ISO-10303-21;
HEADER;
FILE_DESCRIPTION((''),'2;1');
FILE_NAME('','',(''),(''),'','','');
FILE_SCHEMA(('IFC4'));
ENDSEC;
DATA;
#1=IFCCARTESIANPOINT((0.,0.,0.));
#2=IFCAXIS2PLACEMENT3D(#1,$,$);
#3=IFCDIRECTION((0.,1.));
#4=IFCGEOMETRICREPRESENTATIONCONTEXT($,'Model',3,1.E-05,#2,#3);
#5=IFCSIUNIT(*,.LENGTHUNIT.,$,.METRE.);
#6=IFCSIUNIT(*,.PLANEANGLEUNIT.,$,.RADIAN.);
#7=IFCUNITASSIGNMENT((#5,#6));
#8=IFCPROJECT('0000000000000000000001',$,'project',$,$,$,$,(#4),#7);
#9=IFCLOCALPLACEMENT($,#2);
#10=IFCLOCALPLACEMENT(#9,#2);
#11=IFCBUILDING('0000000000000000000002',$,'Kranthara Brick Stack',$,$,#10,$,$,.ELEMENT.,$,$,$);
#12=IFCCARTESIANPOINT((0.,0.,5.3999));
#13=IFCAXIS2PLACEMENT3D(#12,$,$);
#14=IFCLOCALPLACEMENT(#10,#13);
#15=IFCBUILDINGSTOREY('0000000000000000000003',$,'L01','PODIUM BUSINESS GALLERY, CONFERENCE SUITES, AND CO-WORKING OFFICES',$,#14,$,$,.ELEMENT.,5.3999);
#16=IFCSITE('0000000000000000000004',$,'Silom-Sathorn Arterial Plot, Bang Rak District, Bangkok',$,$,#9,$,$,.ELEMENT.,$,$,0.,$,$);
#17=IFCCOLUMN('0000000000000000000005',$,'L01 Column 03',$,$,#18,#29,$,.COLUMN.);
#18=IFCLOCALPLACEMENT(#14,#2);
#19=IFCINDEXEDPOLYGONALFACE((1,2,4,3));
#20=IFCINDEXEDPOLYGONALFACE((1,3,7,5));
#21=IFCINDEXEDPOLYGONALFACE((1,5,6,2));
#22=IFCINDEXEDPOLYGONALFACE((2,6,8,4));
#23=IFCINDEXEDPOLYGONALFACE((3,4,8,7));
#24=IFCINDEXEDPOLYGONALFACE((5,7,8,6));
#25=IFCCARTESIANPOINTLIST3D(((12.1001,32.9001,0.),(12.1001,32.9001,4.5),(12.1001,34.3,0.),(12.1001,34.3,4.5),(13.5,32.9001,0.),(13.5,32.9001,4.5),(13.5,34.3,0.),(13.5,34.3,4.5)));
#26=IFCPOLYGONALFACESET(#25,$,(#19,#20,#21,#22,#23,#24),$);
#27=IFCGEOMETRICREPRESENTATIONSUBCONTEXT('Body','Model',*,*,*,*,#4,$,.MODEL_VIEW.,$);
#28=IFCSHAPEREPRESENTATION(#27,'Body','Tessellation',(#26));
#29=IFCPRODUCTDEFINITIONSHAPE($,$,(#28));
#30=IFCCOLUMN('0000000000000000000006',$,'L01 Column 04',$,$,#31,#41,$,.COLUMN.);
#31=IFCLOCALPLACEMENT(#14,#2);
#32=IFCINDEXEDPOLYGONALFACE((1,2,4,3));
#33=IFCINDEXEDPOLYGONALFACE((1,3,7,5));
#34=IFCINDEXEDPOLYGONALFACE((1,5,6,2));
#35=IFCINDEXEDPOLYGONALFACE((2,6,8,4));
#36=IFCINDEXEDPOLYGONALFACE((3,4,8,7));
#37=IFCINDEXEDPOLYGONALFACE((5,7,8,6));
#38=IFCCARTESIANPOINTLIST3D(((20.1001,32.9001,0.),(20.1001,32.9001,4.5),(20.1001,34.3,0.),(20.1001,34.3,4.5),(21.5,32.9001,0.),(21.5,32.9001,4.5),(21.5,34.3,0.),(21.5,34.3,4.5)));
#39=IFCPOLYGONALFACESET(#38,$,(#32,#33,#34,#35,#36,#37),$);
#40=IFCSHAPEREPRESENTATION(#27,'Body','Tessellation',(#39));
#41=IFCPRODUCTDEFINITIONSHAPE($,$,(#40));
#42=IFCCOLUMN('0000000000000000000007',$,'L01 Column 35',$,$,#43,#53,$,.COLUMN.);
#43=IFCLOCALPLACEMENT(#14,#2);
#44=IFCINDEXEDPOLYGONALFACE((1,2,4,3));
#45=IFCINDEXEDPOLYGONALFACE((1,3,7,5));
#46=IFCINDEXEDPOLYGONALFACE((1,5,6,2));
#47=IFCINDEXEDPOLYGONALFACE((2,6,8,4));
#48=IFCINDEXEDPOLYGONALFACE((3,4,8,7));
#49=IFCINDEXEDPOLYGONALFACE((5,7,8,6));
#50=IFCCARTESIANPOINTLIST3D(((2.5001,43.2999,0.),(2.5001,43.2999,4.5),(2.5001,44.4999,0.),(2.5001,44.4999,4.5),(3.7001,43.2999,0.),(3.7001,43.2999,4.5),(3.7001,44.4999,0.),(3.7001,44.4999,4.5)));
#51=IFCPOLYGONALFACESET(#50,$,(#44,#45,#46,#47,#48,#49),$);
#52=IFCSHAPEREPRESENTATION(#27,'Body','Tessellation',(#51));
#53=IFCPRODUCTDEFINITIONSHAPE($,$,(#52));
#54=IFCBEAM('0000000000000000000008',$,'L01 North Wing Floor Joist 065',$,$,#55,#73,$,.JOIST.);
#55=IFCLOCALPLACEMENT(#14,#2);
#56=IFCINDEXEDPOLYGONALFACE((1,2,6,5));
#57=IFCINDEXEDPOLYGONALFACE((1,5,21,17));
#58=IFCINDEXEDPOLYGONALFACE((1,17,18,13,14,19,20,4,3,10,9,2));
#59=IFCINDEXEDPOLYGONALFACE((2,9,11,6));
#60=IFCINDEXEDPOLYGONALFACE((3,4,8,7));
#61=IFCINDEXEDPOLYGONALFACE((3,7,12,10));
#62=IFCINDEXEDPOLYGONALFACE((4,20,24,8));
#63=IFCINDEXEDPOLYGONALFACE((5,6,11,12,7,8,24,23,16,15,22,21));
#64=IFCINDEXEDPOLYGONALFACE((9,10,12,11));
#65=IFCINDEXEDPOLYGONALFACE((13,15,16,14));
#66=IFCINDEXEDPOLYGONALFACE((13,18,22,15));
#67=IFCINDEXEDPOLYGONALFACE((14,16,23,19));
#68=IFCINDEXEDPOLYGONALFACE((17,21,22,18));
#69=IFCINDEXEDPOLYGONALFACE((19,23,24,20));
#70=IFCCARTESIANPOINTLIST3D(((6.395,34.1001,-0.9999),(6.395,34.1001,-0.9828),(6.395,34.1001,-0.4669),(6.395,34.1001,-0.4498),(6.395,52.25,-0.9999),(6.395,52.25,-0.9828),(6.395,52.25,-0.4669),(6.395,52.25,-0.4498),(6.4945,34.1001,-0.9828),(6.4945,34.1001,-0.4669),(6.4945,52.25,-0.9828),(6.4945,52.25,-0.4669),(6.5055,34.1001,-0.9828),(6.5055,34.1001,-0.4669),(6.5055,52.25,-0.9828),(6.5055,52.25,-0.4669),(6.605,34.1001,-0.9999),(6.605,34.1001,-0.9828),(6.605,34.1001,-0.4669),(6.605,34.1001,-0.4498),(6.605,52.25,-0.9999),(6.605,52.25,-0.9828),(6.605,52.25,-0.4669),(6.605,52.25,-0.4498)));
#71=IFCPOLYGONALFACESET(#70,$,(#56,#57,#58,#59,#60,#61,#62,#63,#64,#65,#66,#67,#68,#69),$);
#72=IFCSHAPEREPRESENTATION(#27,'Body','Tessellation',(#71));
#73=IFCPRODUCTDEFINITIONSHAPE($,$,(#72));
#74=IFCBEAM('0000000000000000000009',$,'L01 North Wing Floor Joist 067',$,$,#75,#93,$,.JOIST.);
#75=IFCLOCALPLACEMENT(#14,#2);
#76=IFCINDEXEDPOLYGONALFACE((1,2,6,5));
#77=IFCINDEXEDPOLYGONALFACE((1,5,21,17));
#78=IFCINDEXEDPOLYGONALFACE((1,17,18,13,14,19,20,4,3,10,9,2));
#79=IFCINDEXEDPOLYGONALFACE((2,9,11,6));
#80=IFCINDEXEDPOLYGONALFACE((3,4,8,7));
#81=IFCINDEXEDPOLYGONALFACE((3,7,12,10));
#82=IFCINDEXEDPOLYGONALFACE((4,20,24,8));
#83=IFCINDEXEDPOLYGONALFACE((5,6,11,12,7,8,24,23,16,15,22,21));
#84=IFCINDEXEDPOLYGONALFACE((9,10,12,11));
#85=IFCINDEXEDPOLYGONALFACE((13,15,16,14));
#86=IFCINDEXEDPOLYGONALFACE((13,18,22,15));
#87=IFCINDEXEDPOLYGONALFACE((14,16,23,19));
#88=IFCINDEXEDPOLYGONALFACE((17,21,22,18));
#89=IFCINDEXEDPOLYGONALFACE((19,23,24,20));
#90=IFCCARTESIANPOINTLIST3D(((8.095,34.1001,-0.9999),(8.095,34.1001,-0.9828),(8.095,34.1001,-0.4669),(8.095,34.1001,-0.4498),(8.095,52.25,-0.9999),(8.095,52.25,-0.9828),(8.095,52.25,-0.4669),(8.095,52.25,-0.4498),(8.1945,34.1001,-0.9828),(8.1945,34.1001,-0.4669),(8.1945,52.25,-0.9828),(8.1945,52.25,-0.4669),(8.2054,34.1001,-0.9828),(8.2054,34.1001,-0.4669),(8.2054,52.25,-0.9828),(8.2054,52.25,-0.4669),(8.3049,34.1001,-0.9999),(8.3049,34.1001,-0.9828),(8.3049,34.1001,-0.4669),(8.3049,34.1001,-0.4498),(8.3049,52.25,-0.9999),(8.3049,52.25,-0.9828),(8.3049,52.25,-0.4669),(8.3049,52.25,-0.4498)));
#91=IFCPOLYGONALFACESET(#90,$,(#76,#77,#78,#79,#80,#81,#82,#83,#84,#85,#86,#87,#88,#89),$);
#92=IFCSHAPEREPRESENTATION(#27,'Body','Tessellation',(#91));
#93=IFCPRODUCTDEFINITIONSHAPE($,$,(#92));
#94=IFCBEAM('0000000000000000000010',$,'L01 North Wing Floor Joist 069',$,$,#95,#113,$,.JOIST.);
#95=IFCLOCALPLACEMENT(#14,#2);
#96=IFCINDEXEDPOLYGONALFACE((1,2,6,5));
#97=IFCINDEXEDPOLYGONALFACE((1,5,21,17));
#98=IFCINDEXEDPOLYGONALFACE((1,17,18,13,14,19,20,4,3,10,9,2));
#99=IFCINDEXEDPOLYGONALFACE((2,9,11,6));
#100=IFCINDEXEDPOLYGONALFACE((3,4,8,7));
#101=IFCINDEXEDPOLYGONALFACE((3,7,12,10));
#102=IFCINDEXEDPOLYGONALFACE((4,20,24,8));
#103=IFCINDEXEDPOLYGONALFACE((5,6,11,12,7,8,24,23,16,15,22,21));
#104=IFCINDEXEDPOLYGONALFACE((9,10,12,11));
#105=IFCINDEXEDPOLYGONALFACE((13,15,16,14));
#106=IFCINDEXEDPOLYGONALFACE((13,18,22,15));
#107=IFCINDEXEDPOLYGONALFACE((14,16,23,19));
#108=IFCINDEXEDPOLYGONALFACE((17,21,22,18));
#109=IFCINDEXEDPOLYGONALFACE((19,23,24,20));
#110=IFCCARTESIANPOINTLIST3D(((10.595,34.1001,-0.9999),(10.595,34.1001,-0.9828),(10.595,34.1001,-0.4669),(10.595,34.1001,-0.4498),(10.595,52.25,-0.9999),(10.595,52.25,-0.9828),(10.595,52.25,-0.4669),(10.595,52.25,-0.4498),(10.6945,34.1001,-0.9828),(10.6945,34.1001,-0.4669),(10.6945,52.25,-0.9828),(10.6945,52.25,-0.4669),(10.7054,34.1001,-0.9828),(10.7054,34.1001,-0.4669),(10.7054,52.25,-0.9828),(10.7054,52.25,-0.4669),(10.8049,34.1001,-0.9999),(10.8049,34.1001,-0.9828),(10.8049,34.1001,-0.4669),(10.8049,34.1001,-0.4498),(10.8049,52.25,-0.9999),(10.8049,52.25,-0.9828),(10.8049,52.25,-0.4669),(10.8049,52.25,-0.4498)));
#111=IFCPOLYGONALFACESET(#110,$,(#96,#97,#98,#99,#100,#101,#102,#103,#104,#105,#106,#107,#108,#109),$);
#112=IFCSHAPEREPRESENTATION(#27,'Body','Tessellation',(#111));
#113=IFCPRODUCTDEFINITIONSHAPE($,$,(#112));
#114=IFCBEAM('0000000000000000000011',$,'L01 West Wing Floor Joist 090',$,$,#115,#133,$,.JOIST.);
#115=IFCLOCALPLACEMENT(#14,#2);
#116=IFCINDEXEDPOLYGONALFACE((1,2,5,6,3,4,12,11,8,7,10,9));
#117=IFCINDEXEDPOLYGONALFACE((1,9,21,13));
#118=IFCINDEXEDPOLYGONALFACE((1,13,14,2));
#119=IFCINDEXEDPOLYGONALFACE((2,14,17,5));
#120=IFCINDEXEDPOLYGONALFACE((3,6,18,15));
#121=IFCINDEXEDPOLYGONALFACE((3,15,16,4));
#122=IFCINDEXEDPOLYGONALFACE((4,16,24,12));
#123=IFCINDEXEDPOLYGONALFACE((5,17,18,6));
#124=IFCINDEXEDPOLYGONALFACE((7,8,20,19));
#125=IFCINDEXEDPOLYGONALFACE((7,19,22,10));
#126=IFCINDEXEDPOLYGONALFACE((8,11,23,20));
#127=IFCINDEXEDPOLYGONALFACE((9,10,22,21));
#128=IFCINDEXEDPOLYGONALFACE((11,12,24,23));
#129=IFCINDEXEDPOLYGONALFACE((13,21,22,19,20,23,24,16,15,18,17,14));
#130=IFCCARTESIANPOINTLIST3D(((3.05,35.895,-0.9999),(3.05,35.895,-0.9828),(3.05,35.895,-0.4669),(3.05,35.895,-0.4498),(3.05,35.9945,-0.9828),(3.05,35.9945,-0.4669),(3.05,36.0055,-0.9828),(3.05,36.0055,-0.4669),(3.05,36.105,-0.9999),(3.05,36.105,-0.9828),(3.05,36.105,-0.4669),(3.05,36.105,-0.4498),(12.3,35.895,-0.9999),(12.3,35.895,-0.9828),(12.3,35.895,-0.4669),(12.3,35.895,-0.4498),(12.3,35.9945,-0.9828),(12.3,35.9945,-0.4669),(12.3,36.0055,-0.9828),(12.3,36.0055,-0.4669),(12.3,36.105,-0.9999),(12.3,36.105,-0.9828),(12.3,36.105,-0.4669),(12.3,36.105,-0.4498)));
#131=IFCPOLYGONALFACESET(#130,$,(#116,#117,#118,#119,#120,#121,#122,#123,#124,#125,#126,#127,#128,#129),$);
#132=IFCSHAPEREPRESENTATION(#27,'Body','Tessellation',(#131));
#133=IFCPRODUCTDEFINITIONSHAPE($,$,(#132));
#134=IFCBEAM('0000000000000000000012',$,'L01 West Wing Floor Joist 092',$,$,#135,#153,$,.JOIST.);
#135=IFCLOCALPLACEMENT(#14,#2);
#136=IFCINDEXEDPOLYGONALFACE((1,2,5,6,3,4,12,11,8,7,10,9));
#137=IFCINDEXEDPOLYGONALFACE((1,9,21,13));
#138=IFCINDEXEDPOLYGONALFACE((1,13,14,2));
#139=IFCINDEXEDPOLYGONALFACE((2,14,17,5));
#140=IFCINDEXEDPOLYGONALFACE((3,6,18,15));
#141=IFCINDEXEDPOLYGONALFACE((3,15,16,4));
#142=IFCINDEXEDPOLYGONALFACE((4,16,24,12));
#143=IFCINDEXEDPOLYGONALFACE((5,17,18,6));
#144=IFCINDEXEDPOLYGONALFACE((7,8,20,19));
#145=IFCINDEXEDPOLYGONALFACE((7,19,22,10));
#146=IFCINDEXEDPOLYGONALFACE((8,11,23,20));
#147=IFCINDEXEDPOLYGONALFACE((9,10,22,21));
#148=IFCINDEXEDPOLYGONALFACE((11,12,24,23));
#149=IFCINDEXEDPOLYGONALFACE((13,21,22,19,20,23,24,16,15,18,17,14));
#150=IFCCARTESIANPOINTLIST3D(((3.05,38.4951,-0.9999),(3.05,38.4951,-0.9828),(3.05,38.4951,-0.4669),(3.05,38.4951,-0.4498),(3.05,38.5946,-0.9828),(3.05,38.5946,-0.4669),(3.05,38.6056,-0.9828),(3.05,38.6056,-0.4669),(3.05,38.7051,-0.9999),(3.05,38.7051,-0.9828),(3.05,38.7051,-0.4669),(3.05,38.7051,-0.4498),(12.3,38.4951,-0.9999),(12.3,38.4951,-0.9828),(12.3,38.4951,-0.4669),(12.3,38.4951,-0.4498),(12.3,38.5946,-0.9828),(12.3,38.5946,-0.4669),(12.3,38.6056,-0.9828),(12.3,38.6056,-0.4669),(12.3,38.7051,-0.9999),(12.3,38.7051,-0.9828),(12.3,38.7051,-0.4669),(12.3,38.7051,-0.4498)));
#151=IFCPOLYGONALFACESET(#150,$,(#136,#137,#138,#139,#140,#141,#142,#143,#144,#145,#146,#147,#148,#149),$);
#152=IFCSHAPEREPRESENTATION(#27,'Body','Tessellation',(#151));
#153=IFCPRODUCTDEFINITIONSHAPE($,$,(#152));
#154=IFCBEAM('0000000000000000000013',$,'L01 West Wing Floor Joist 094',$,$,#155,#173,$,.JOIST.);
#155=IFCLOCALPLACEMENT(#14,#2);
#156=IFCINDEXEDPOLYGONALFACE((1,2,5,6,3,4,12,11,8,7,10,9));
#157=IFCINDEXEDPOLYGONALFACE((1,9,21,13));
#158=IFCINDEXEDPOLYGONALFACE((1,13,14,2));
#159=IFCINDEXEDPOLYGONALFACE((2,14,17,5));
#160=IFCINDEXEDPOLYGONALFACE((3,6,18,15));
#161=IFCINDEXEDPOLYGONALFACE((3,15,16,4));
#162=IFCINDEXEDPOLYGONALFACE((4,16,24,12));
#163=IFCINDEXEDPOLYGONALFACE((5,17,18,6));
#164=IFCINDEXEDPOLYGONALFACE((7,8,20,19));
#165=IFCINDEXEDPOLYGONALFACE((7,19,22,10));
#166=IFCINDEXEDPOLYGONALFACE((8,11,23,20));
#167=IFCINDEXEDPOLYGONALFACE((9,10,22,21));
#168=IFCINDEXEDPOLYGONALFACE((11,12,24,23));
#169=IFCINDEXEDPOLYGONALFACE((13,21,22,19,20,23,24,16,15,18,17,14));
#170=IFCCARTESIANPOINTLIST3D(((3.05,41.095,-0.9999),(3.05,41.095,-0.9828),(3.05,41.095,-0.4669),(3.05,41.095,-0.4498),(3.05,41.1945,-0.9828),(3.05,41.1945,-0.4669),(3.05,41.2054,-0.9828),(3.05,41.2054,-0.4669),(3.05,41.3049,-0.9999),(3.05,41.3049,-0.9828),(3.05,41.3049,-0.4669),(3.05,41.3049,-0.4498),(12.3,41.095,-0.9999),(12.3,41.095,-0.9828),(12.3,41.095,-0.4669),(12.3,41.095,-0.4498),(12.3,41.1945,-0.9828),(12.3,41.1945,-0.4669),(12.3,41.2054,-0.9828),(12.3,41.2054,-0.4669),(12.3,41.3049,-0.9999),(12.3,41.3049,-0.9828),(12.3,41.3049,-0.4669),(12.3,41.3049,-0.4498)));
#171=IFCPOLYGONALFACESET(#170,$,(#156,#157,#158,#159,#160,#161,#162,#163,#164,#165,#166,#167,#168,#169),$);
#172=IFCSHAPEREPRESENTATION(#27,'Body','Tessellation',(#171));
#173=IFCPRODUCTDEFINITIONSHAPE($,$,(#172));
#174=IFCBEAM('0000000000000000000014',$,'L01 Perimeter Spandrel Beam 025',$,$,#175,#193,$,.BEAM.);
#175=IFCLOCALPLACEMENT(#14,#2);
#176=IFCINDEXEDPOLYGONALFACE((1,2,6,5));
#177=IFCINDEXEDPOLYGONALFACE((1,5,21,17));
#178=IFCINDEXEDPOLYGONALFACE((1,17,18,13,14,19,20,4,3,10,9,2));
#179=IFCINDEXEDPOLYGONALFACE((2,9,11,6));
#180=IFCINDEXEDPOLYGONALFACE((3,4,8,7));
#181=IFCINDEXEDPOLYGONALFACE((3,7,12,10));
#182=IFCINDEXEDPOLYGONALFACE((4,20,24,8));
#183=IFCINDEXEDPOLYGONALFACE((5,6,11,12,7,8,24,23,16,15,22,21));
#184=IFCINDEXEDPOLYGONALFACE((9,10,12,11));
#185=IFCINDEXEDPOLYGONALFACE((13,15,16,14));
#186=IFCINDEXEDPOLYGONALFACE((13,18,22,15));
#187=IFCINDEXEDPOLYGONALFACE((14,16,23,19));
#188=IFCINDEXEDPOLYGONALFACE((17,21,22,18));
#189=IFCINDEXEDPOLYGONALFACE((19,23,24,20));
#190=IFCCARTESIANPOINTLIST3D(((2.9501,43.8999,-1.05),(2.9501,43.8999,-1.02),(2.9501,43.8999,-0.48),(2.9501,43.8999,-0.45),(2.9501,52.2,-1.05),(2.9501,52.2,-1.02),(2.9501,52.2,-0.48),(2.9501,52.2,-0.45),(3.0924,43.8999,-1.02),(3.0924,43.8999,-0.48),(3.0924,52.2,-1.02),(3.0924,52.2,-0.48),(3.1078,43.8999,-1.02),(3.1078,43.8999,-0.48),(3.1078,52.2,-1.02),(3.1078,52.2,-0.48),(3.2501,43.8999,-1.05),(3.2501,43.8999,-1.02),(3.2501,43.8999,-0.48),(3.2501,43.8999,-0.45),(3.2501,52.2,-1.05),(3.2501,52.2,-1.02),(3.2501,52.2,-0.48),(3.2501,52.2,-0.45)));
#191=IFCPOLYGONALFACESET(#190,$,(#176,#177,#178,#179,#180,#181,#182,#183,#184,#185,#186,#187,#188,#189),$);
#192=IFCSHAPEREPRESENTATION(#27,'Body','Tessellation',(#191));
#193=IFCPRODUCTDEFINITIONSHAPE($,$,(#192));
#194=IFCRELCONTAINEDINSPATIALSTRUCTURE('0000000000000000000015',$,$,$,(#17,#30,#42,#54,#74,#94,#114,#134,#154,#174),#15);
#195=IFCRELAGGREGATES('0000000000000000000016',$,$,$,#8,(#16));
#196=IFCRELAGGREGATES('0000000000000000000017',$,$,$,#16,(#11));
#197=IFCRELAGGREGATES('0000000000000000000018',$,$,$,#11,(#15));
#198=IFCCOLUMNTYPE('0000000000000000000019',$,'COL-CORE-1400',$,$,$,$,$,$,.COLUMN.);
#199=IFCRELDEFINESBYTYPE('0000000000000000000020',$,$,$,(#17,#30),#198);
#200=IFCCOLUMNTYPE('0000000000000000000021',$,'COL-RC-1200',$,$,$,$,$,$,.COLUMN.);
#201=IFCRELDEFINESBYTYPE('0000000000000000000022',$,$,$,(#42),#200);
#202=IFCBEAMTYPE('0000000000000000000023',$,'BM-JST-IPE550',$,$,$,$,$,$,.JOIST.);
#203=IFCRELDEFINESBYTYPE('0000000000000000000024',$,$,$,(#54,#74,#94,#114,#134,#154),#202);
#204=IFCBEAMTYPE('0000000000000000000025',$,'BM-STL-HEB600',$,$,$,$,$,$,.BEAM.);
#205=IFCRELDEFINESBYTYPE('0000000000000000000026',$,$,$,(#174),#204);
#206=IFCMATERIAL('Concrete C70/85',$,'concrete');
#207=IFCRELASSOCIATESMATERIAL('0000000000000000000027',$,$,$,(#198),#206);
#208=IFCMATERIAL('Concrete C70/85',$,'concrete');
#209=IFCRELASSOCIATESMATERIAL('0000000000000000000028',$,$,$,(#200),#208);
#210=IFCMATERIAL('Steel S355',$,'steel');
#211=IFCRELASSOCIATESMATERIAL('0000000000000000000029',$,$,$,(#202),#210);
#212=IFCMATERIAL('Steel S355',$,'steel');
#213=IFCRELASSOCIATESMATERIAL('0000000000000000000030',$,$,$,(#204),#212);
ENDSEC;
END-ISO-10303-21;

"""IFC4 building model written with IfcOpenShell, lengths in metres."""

from ifc_helpers import new_model, si_unit, direction, frame, origin, origin_2d, place, context, subcontext, project, spatial, rectangle, i_section, extrude, material, material_profile, profile_set, type_object, element, save


model = new_model("IFC4")

# Units and contexts
model_context = context("Model", 3, precision=1e-05, world=origin(), true_north=direction((0.0, 1.0)))
body_context = subcontext(model_context, "Body", "Model", "MODEL_VIEW")
ifc_project = project(units=[si_unit("LENGTHUNIT", "METRE"), si_unit("PLANEANGLEUNIT", "RADIAN")], contexts=[model_context])

# Site, building, storey
site_placement = place(None, origin())
site = spatial("IfcSite", under=ifc_project, at=site_placement, Name="Silom-Sathorn Arterial Plot, Bang Rak District, Bangkok", CompositionType="ELEMENT", RefElevation=0.0)
building_placement = place(site_placement, origin())
building = spatial("IfcBuilding", under=site, at=building_placement, Name="Kranthara Brick Stack", CompositionType="ELEMENT")
storey_placement = place(building_placement, frame((0.0, 0.0, 5.3999)))
storey = spatial("IfcBuildingStorey", under=building, at=storey_placement, Name="L01", Description="PODIUM BUSINESS GALLERY, CONFERENCE SUITES, AND CO-WORKING OFFICES", CompositionType="ELEMENT", Elevation=5.3999)

# Columns
ifc_material_1 = material(Name="Concrete C70/85", Category="concrete")
ifc_material_profile_1 = material_profile(ifc_material_1, rectangle(XDim=1.3999, YDim=1.3999, at=origin_2d()), Name="RC 1400x1400")
ifc_profile_set_1 = profile_set([ifc_material_profile_1], Name="Concrete C70/85")
column_type_1 = type_object("IfcColumnType", Name="COL-CORE-1400", PredefinedType="COLUMN", material=ifc_profile_set_1)
for number, where, z_axis, x_axis, name in (
    (1, (12.8, 33.6001, 0.0), (0.0, 0.0, 1.0), (1.0, 0.0, 0.0), "L01 Column 03"),
    (2, (20.8, 33.6001, 0.0), (0.0, 0.0, 1.0), (1.0, 0.0, 0.0), "L01 Column 04"),
):
    element("IfcColumn", number, at=place(storey_placement, frame(where, z_axis=z_axis, x_axis=x_axis)), inside=storey, type_object=column_type_1, Name=name, PredefinedType="COLUMN", context=body_context, shape_type="SweptSolid", body=[
        extrude(rectangle(XDim=1.3999, YDim=1.3999, at=origin_2d()), origin(), (0.0, 0.0, 1.0), 4.5),
    ])
ifc_material_2 = material(Name="Concrete C70/85", Category="concrete")
ifc_material_profile_2 = material_profile(ifc_material_2, rectangle(XDim=1.2, YDim=1.2, at=origin_2d()), Name="RC 1200x1200")
ifc_profile_set_2 = profile_set([ifc_material_profile_2], Name="Concrete C70/85")
column_type_2 = type_object("IfcColumnType", Name="COL-RC-1200", PredefinedType="COLUMN", material=ifc_profile_set_2)
column_placement = place(storey_placement, frame((3.1001, 43.8999, 0.0), z_axis=(0.0, 0.0, 1.0), x_axis=(1.0, 0.0, 0.0)))
element("IfcColumn", 3, at=column_placement, inside=storey, type_object=column_type_2, Name="L01 Column 35", PredefinedType="COLUMN", context=body_context, shape_type="SweptSolid", body=[
    extrude(rectangle(XDim=1.2, YDim=1.2, at=origin_2d()), origin(), (0.0, 0.0, 1.0), 4.5),
])

# Beams
ifc_material_3 = material(Name="Steel S355", Category="steel")
ifc_material_profile_3 = material_profile(ifc_material_3, i_section(OverallWidth=0.21, OverallDepth=0.55, WebThickness=0.011, FlangeThickness=0.0171, at=origin_2d()), Name="IPE 550")
ifc_profile_set_3 = profile_set([ifc_material_profile_3], Name="Steel S355")
beam_type_1 = type_object("IfcBeamType", Name="BM-JST-IPE550", PredefinedType="JOIST", material=ifc_profile_set_3)
for number, where, z_axis, x_axis, name in (
    (4, (6.5, 34.1001, -0.7249), (0.0, 1.0, 0.0), (-1.0, 0.0, 0.0), "L01 North Wing Floor Joist 065"),
    (5, (8.2, 34.1001, -0.7249), (0.0, 1.0, 0.0), (-1.0, 0.0, 0.0), "L01 North Wing Floor Joist 067"),
    (6, (10.7, 34.1001, -0.7249), (0.0, 1.0, 0.0), (-1.0, 0.0, 0.0), "L01 North Wing Floor Joist 069"),
):
    element("IfcBeam", number, at=place(storey_placement, frame(where, z_axis=z_axis, x_axis=x_axis)), inside=storey, type_object=beam_type_1, Name=name, PredefinedType="JOIST", context=body_context, shape_type="SweptSolid", body=[
        extrude(i_section(OverallWidth=0.21, OverallDepth=0.55, WebThickness=0.011, FlangeThickness=0.0171, at=origin_2d()), origin(), (0.0, 0.0, 1.0), 18.1499),
    ])
for number, where, z_axis, x_axis, name in (
    (7, (3.05, 36.0, -0.7249), (1.0, 0.0, 0.0), (0.0, 1.0, 0.0), "L01 West Wing Floor Joist 090"),
    (8, (3.05, 38.6001, -0.7249), (1.0, 0.0, 0.0), (0.0, 1.0, 0.0), "L01 West Wing Floor Joist 092"),
    (9, (3.05, 41.2, -0.7249), (1.0, 0.0, 0.0), (0.0, 1.0, 0.0), "L01 West Wing Floor Joist 094"),
):
    element("IfcBeam", number, at=place(storey_placement, frame(where, z_axis=z_axis, x_axis=x_axis)), inside=storey, type_object=beam_type_1, Name=name, PredefinedType="JOIST", context=body_context, shape_type="SweptSolid", body=[
        extrude(i_section(OverallWidth=0.21, OverallDepth=0.55, WebThickness=0.011, FlangeThickness=0.0171, at=origin_2d()), origin(), (0.0, 0.0, 1.0), 9.25),
    ])
ifc_material_4 = material(Name="Steel S355", Category="steel")
ifc_material_profile_4 = material_profile(ifc_material_4, i_section(OverallWidth=0.3, OverallDepth=0.6001, WebThickness=0.0154, FlangeThickness=0.03, at=origin_2d()), Name="HEB 600")
ifc_profile_set_4 = profile_set([ifc_material_profile_4], Name="Steel S355")
beam_type_2 = type_object("IfcBeamType", Name="BM-STL-HEB600", PredefinedType="BEAM", material=ifc_profile_set_4)
beam_1_placement = place(storey_placement, frame((3.1001, 43.8999, -0.75), z_axis=(0.0, 1.0, 0.0), x_axis=(-1.0, 0.0, 0.0)))
element("IfcBeam", 10, at=beam_1_placement, inside=storey, type_object=beam_type_2, Name="L01 Perimeter Spandrel Beam 025", PredefinedType="BEAM", context=body_context, shape_type="SweptSolid", body=[
    extrude(i_section(OverallWidth=0.3, OverallDepth=0.6001, WebThickness=0.0154, FlangeThickness=0.03, at=origin_2d()), origin(), (0.0, 0.0, 1.0), 8.3),
])

save(model, "model.ifc")
